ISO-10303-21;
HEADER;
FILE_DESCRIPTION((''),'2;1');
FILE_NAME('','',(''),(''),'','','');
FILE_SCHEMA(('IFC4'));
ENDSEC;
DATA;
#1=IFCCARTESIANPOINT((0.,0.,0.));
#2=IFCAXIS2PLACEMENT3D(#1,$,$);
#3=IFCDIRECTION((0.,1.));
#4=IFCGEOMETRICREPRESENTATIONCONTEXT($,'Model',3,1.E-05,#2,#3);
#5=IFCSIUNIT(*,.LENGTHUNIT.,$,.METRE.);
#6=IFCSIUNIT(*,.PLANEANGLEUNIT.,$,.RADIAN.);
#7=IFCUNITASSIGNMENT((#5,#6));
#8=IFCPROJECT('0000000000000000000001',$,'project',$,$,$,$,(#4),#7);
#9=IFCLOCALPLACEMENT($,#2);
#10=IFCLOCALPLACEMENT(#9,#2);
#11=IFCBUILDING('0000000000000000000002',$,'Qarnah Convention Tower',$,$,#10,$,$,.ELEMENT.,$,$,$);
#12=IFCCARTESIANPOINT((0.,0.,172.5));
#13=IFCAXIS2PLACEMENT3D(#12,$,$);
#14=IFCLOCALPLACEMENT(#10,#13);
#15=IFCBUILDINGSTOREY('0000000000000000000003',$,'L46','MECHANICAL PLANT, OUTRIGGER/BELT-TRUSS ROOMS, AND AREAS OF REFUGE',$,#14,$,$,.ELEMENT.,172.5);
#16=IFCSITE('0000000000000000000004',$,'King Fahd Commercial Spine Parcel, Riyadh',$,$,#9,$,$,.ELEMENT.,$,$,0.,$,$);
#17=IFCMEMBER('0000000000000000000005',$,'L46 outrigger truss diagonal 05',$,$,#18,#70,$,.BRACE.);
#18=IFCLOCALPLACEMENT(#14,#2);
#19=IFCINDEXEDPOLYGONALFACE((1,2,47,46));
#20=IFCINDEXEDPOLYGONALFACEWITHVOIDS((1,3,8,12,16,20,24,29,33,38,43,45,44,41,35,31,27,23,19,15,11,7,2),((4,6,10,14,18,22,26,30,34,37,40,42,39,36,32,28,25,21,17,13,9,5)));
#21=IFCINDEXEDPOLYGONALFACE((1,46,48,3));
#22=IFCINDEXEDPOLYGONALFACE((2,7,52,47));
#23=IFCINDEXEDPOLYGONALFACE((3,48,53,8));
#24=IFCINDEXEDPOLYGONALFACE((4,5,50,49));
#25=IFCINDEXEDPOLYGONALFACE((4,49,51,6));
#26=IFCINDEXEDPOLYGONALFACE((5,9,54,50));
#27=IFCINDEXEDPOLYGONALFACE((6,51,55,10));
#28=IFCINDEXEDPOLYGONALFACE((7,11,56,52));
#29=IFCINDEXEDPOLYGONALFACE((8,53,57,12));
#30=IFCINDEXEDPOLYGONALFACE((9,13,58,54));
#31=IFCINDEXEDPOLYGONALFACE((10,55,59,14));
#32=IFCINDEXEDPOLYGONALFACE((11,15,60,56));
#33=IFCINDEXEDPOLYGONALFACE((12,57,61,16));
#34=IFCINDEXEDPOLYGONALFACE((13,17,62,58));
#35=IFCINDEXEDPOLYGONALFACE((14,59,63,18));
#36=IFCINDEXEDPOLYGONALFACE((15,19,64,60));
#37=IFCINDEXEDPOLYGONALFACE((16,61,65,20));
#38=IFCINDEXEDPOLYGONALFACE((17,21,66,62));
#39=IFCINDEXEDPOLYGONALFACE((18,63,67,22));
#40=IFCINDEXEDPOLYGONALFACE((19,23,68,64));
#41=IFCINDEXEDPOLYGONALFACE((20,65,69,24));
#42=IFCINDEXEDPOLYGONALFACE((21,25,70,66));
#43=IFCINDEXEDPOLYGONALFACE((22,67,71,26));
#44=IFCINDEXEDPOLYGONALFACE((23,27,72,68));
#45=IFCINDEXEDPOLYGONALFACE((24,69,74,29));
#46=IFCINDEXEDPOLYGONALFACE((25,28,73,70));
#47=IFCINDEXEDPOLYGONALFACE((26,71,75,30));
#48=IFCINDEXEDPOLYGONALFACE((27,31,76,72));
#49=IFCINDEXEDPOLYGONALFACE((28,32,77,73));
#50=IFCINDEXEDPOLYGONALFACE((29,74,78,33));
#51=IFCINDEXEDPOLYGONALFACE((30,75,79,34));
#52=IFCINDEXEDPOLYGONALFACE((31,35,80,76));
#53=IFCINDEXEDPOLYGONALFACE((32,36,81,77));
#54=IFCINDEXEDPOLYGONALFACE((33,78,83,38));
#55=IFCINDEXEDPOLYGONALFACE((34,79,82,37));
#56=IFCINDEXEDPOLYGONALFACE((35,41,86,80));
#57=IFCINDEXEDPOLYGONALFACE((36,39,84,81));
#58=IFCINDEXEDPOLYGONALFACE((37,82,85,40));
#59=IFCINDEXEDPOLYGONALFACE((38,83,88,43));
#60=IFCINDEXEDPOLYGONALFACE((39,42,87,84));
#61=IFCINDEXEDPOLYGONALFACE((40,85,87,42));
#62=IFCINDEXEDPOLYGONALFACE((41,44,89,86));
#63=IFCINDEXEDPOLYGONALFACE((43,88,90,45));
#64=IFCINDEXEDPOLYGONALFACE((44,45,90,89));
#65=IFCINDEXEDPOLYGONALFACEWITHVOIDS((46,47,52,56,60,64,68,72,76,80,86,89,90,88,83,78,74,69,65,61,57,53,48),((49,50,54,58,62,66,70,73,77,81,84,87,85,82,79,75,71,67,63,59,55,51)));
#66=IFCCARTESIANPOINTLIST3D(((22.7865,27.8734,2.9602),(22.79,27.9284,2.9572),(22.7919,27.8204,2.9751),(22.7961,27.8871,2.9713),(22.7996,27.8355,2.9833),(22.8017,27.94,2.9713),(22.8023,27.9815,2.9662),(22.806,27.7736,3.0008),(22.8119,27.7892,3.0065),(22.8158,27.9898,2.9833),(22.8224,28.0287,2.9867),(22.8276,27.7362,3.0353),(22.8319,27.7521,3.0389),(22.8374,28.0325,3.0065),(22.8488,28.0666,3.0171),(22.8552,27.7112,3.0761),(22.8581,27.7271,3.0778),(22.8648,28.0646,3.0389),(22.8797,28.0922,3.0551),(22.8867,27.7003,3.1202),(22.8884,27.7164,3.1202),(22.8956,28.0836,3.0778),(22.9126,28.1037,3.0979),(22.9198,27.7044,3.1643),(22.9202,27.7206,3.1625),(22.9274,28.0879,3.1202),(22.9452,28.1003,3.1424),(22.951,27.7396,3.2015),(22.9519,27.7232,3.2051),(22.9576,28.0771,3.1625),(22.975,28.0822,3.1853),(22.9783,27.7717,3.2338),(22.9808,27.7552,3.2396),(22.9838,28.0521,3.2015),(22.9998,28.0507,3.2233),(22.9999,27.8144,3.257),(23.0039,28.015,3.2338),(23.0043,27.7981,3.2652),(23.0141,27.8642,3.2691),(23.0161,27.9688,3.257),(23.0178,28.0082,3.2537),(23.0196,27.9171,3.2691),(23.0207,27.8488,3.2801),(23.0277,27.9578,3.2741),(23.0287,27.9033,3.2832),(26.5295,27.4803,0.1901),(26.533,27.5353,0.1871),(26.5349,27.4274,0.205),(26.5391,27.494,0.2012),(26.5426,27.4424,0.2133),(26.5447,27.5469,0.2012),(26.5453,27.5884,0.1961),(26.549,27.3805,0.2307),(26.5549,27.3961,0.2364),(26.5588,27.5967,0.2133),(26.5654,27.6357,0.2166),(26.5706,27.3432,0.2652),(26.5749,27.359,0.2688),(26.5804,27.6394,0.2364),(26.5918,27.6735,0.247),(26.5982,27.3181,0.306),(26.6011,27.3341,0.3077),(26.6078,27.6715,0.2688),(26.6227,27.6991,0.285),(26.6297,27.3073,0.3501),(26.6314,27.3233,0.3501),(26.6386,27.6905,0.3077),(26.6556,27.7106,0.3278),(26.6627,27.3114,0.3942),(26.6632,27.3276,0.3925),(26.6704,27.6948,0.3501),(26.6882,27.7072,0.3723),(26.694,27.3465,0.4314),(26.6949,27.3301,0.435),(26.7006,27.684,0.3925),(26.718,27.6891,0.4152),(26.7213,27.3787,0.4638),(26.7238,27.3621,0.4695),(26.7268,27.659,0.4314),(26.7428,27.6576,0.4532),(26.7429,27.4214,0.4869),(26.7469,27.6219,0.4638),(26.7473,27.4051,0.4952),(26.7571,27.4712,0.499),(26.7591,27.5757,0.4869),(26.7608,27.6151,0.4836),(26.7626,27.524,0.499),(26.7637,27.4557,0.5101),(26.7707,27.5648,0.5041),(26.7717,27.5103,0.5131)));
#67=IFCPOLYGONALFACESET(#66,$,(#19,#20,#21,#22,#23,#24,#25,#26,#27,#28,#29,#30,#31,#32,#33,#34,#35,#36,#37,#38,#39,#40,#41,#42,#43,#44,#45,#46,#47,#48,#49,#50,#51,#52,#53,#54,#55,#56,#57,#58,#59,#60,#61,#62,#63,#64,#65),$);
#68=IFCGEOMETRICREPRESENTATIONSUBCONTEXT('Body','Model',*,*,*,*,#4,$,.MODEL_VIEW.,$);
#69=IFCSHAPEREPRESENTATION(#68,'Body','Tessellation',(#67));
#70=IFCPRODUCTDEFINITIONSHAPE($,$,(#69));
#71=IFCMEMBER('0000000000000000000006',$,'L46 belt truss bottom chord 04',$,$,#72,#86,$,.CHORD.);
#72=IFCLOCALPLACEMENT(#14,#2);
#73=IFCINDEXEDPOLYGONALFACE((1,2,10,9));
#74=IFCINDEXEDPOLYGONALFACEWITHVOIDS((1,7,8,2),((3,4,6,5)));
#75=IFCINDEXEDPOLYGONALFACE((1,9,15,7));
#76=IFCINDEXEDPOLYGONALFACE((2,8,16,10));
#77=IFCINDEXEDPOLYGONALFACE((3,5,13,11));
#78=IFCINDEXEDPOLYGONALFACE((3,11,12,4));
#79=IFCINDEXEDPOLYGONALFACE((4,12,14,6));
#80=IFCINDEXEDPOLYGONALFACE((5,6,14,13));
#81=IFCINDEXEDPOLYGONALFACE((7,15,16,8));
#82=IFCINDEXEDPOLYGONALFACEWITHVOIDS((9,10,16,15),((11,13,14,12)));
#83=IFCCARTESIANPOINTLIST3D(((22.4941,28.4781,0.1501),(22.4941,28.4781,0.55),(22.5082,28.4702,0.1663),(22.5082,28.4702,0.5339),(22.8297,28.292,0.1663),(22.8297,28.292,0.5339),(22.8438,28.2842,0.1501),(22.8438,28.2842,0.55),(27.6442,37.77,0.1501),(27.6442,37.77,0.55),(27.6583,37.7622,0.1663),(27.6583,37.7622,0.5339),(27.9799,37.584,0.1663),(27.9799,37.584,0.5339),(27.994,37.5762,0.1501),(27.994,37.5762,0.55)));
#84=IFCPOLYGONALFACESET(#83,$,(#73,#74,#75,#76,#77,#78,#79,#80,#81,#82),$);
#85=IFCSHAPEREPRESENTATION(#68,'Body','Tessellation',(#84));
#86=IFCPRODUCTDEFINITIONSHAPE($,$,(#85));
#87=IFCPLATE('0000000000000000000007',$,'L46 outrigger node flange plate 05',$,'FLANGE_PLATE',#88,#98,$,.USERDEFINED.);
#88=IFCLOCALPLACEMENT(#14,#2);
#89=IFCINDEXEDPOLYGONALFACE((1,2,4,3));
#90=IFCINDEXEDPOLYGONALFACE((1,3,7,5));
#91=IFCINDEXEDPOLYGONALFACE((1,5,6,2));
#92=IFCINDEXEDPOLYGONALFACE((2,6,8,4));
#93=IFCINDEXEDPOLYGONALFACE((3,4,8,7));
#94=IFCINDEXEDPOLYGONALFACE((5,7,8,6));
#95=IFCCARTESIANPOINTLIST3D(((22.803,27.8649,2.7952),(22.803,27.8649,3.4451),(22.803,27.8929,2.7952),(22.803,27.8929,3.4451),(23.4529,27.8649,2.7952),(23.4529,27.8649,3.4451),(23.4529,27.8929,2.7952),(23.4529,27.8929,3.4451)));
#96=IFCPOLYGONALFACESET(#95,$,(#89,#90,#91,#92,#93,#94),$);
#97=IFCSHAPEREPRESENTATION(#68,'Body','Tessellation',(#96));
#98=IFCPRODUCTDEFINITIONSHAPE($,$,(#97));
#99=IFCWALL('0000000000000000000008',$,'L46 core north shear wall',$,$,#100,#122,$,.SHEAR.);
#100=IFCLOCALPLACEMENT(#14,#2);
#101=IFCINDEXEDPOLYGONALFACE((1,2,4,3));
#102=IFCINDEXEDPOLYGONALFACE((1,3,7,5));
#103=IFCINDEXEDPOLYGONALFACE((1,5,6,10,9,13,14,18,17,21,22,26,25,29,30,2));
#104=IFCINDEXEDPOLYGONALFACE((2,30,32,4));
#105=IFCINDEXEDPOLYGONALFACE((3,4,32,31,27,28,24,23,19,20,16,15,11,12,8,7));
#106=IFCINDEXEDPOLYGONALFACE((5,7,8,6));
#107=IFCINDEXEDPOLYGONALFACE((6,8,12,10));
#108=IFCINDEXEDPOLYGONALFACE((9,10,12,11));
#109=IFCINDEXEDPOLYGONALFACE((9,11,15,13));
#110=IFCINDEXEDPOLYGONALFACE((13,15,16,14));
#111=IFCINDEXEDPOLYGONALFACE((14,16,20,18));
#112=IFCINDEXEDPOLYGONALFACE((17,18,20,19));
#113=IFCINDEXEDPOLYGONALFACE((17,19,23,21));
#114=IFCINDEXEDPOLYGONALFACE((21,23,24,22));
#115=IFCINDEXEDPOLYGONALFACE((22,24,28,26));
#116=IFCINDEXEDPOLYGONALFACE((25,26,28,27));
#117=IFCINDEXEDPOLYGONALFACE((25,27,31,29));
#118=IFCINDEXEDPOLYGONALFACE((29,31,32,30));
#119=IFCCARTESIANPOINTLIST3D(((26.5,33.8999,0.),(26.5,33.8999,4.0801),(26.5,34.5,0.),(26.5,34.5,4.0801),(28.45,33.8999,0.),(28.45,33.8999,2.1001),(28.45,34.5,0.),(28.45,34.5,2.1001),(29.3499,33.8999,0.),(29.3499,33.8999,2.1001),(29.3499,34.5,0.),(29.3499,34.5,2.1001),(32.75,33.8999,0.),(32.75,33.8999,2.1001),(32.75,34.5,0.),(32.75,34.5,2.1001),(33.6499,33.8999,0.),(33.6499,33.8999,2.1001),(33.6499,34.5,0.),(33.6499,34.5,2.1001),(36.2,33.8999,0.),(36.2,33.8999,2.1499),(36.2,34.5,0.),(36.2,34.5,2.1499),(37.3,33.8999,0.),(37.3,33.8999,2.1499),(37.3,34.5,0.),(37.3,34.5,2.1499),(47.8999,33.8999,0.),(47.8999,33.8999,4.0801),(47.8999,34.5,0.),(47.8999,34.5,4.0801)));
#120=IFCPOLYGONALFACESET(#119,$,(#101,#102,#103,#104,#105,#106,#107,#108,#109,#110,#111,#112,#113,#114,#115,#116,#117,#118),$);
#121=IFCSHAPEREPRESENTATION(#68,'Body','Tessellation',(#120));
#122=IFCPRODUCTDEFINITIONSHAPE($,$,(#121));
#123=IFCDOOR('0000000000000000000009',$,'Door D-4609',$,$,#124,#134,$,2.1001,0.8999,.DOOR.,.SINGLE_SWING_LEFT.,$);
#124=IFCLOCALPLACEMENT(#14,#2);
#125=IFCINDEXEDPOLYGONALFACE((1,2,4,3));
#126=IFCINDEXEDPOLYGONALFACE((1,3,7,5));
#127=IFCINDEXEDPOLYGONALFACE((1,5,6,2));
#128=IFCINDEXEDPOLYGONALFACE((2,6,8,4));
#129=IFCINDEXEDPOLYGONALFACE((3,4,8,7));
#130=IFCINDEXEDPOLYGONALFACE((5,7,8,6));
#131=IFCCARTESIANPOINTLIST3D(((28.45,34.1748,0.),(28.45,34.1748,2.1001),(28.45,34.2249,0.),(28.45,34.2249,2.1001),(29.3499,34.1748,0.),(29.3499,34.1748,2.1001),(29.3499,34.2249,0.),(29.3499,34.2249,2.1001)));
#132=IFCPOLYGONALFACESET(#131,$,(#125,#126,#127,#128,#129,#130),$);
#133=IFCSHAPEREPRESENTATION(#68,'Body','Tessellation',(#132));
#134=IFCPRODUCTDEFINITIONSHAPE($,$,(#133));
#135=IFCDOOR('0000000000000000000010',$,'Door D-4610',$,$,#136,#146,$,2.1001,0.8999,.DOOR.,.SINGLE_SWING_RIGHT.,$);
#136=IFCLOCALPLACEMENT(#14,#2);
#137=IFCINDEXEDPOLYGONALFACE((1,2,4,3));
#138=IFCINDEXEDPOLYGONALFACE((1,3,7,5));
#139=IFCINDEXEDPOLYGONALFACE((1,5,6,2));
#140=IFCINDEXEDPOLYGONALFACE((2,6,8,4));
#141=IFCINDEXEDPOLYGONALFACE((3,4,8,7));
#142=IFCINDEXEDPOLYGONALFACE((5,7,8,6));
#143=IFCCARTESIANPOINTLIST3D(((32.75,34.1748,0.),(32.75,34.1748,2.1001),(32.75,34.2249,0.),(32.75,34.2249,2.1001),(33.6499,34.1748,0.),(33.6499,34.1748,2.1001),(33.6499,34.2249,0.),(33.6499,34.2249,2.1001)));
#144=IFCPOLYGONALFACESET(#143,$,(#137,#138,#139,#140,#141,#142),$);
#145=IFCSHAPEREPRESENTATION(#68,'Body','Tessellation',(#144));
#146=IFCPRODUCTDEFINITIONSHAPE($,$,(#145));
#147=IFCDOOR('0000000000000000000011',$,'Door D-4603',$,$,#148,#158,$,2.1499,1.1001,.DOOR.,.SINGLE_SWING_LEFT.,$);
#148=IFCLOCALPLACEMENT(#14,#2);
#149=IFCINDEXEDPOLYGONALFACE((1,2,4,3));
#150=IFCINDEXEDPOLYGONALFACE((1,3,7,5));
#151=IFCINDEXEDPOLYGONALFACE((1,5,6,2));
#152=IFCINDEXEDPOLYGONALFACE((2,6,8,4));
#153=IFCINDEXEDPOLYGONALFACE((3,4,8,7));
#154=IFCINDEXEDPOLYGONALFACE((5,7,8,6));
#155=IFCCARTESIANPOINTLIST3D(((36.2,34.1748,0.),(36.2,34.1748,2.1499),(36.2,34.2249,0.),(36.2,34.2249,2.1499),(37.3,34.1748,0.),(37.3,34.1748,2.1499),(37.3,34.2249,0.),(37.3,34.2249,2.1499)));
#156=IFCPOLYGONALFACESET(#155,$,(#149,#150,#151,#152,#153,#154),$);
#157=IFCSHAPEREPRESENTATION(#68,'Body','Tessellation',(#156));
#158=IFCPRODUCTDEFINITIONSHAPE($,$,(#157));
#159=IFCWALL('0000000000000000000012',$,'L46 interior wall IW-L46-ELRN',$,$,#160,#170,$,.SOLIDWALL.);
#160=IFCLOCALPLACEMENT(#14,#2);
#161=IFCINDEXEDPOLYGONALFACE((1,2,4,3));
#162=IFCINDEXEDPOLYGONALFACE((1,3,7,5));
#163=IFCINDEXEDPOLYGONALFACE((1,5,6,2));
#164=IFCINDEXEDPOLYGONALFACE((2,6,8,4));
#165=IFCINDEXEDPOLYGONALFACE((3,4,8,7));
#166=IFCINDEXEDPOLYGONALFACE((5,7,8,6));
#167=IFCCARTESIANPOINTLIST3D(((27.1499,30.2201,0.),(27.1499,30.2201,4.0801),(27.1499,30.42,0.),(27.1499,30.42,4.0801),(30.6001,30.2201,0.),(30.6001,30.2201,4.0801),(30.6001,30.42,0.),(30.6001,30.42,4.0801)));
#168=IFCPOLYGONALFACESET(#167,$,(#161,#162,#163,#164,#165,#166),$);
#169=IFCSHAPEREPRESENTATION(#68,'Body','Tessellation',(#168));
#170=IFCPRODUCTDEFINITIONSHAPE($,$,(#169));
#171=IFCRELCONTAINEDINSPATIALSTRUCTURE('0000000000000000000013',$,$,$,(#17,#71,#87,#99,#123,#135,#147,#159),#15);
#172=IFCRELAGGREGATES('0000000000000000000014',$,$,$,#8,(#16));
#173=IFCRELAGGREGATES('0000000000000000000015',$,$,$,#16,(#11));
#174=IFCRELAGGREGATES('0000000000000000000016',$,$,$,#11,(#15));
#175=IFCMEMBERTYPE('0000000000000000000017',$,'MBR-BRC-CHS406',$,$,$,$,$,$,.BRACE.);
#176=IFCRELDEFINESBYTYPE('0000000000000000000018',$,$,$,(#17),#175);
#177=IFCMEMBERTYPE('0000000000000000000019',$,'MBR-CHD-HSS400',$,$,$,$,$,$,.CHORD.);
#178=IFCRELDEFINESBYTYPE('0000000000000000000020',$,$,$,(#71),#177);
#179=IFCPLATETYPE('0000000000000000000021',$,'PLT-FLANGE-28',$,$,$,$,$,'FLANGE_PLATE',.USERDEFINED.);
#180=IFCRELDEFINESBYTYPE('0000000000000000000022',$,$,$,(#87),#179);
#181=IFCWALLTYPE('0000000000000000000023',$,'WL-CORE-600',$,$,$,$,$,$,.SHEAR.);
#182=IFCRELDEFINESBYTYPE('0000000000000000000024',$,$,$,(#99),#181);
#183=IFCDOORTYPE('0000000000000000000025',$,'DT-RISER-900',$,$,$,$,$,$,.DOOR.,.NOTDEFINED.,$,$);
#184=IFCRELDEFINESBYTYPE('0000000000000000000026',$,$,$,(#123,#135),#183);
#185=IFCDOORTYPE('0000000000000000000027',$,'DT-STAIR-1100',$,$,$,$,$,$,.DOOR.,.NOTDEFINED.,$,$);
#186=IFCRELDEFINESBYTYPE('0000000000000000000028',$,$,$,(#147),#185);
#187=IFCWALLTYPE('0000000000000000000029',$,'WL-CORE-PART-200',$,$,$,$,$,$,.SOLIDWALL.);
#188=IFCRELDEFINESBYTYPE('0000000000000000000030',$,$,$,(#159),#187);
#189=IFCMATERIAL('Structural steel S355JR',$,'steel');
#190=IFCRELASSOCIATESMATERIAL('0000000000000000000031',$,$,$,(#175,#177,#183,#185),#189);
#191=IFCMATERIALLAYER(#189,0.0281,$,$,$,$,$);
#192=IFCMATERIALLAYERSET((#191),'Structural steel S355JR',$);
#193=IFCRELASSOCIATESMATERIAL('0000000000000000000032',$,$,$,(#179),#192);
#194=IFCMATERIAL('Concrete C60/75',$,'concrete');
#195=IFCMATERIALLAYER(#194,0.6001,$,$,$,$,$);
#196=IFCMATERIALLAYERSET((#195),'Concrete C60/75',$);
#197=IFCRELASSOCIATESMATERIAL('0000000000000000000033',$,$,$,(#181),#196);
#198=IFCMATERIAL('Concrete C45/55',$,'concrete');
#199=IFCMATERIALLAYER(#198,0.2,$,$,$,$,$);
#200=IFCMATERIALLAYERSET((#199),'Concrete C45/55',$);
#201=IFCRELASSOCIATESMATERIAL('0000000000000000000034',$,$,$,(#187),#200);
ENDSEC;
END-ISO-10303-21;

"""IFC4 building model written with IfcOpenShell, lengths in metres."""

from ifc_helpers import new_model, si_unit, direction, frame, frame_2d, origin, origin_2d, place, context, subcontext, project, spatial, rectangle, hollow_rectangle, hollow_circle, extrude, material, layer, layer_set, material_profile, profile_set, type_object, element, fill, save


model = new_model("IFC4")

# Units and contexts
model_context = context("Model", 3, precision=1e-05, world=origin(), true_north=direction((0.0, 1.0)))
body_context = subcontext(model_context, "Body", "Model", "MODEL_VIEW")
ifc_project = project(units=[si_unit("LENGTHUNIT", "METRE"), si_unit("PLANEANGLEUNIT", "RADIAN")], contexts=[model_context])

# Site, building, storey
site_placement = place(None, origin())
site = spatial("IfcSite", under=ifc_project, at=site_placement, Name="King Fahd Commercial Spine Parcel, Riyadh", CompositionType="ELEMENT", RefElevation=0.0)
building_placement = place(site_placement, origin())
building = spatial("IfcBuilding", under=site, at=building_placement, Name="Qarnah Convention Tower", CompositionType="ELEMENT")
storey_placement = place(building_placement, frame((0.0, 0.0, 172.5)))
storey = spatial("IfcBuildingStorey", under=building, at=storey_placement, Name="L46", Description="MECHANICAL PLANT, OUTRIGGER/BELT-TRUSS ROOMS, AND AREAS OF REFUGE", CompositionType="ELEMENT", Elevation=172.5)

# Shared definitions
ifc_material_1 = material(Name="Concrete C60/75", Category="concrete")

# Shared definitions
ifc_material_2 = material(Name="Structural steel S355JR", Category="steel")

# Members
ifc_material_profile_1 = material_profile(ifc_material_2, hollow_circle(Radius=0.2029, WallThickness=0.0161, at=origin_2d()), Name="CHS406X16")
ifc_profile_set_1 = profile_set([ifc_material_profile_1], Name="Structural steel S355JR")
member_type_1 = type_object("IfcMemberType", Name="MBR-BRC-CHS406", PredefinedType="BRACE", material=ifc_profile_set_1)
member_1_placement = place(storey_placement, frame((26.6509, 27.509, 0.3501), z_axis=(-0.800967, 0.084114, 0.592771), x_axis=(-0.104442, -0.994531, 0.0)))
element("IfcMember", 1, at=member_1_placement, inside=storey, type_object=member_type_1, Name="L46 outrigger truss diagonal 05", PredefinedType="BRACE", context=body_context, shape_type="SweptSolid", body=[
    extrude(hollow_circle(Radius=0.2029, WallThickness=0.0161, at=origin_2d()), origin(), (0.0, 0.0, 1.0), 4.6731),
])
ifc_material_profile_2 = material_profile(ifc_material_2, hollow_rectangle(XDim=0.3999, YDim=0.3999, WallThickness=0.0161, at=origin_2d()), Name="HSS400X400X16")
ifc_profile_set_2 = profile_set([ifc_material_profile_2], Name="Structural steel S355JR")
member_type_2 = type_object("IfcMemberType", Name="MBR-CHD-HSS400", PredefinedType="CHORD", material=ifc_profile_set_2)
member_2_placement = place(storey_placement, frame((27.8191, 37.6731, 0.3501), z_axis=(-0.484774, -0.874639, 0.0), x_axis=(0.874639, -0.484774, 0.0)))
element("IfcMember", 2, at=member_2_placement, inside=storey, type_object=member_type_2, Name="L46 belt truss bottom chord 04", PredefinedType="CHORD", context=body_context, shape_type="SweptSolid", body=[
    extrude(hollow_rectangle(XDim=0.3999, YDim=0.3999, WallThickness=0.0161, at=origin_2d()), origin(), (0.0, 0.0, 1.0), 10.6238),
])

# Plate
ifc_layer_1 = layer(ifc_material_2, 0.0281)
ifc_layer_set_1 = layer_set([ifc_layer_1], Name="Structural steel S355JR")
plate_type = type_object("IfcPlateType", Name="PLT-FLANGE-28", ElementType="FLANGE_PLATE", PredefinedType="USERDEFINED", material=ifc_layer_set_1)
plate_placement = place(storey_placement, frame((23.1279, 27.8789, 2.7952), z_axis=(0.0, 0.0, 1.0), x_axis=(1.0, 0.0, 0.0)))
element("IfcPlate", 3, at=plate_placement, inside=storey, type_object=plate_type, Name="L46 outrigger node flange plate 05", ObjectType="FLANGE_PLATE", PredefinedType="USERDEFINED", context=body_context, shape_type="SweptSolid", body=[
    extrude(rectangle(XDim=0.6499, YDim=0.0281, at=origin_2d()), origin(), (0.0, 0.0, 1.0), 0.6499),
])

# Wall, openings, doors
ifc_layer_2 = layer(ifc_material_1, 0.6001)
ifc_layer_set_2 = layer_set([ifc_layer_2], Name="Concrete C60/75")
wall_type_1 = type_object("IfcWallType", Name="WL-CORE-600", PredefinedType="SHEAR", material=ifc_layer_set_2)
wall_1_placement = place(storey_placement, frame((26.5, 34.2, 0.0), z_axis=(0.0, 0.0, 1.0), x_axis=(1.0, 0.0, 0.0)))
wall_1 = element("IfcWall", 4, at=wall_1_placement, inside=storey, type_object=wall_type_1, Name="L46 core north shear wall", PredefinedType="SHEAR", context=body_context, shape_type="SweptSolid", body=[
    extrude(rectangle(XDim=21.3999, YDim=0.6001, at=frame_2d((10.7, 0.0))), origin(), (0.0, 0.0, 1.0), 4.0801),
])
opening_1_placement = place(wall_1_placement, frame((9.7, 0.0, 0.0)))
opening_1 = element("IfcOpeningElement", 5, at=opening_1_placement, cuts=wall_1, PredefinedType="OPENING", context=body_context, shape_type="SweptSolid", body=[
    extrude(rectangle(XDim=1.1001, YDim=2.1499, at=frame_2d((0.55, 1.075))), frame((0.0, 0.3101, 0.0), z_axis=(0.0, -1.0, 0.0), x_axis=(1.0, 0.0, 0.0)), (0.0, 0.0, 1.0), 0.6201),
])
opening_2_placement = place(wall_1_placement, frame((1.95, 0.0, 0.0)))
opening_2 = element("IfcOpeningElement", 6, at=opening_2_placement, cuts=wall_1, PredefinedType="OPENING", context=body_context, shape_type="SweptSolid", body=[
    extrude(rectangle(XDim=0.8999, YDim=2.1001, at=frame_2d((0.45, 1.05))), frame((0.0, 0.3101, 0.0), z_axis=(0.0, -1.0, 0.0), x_axis=(1.0, 0.0, 0.0)), (0.0, 0.0, 1.0), 0.6201),
])
opening_3_placement = place(wall_1_placement, frame((6.25, 0.0, 0.0)))
opening_3 = element("IfcOpeningElement", 7, at=opening_3_placement, cuts=wall_1, PredefinedType="OPENING", context=body_context, shape_type="SweptSolid", body=[
    extrude(rectangle(XDim=0.8999, YDim=2.1001, at=frame_2d((0.45, 1.05))), frame((0.0, 0.3101, 0.0), z_axis=(0.0, -1.0, 0.0), x_axis=(1.0, 0.0, 0.0)), (0.0, 0.0, 1.0), 0.6201),
])
door_type_1 = type_object("IfcDoorType", Name="DT-RISER-900", OperationType="NOTDEFINED", PredefinedType="DOOR", material=ifc_material_2)
door_1_placement = place(opening_2_placement, origin())
door_1 = element("IfcDoor", 8, at=door_1_placement, inside=storey, type_object=door_type_1, Name="Door D-4609", OperationType="SINGLE_SWING_LEFT", OverallHeight=2.1001, OverallWidth=0.8999, PredefinedType="DOOR", context=body_context, shape_type="SweptSolid", body=[
    extrude(rectangle(XDim=0.8999, YDim=2.1001, at=frame_2d((0.45, 1.05))), frame((0.0, 0.0249, 0.0), z_axis=(0.0, -1.0, 0.0), x_axis=(1.0, 0.0, 0.0)), (0.0, 0.0, 1.0), 0.05),
])
fill(opening_2, door_1)
door_2_placement = place(opening_3_placement, origin())
door_2 = element("IfcDoor", 9, at=door_2_placement, inside=storey, type_object=door_type_1, Name="Door D-4610", OperationType="SINGLE_SWING_RIGHT", OverallHeight=2.1001, OverallWidth=0.8999, PredefinedType="DOOR", context=body_context, shape_type="SweptSolid", body=[
    extrude(rectangle(XDim=0.8999, YDim=2.1001, at=frame_2d((0.45, 1.05))), frame((0.0, 0.0249, 0.0), z_axis=(0.0, -1.0, 0.0), x_axis=(1.0, 0.0, 0.0)), (0.0, 0.0, 1.0), 0.05),
])
fill(opening_3, door_2)
door_type_2 = type_object("IfcDoorType", Name="DT-STAIR-1100", OperationType="NOTDEFINED", PredefinedType="DOOR", material=ifc_material_2)
door_3_placement = place(opening_1_placement, origin())
door_3 = element("IfcDoor", 10, at=door_3_placement, inside=storey, type_object=door_type_2, Name="Door D-4603", OperationType="SINGLE_SWING_LEFT", OverallHeight=2.1499, OverallWidth=1.1001, PredefinedType="DOOR", context=body_context, shape_type="SweptSolid", body=[
    extrude(rectangle(XDim=1.1001, YDim=2.1499, at=frame_2d((0.55, 1.075))), frame((0.0, 0.0249, 0.0), z_axis=(0.0, -1.0, 0.0), x_axis=(1.0, 0.0, 0.0)), (0.0, 0.0, 1.0), 0.05),
])
fill(opening_1, door_3)

# Wall
ifc_material_3 = material(Name="Concrete C45/55", Category="concrete")
ifc_layer_3 = layer(ifc_material_3, 0.2)
ifc_layer_set_3 = layer_set([ifc_layer_3], Name="Concrete C45/55")
wall_type_2 = type_object("IfcWallType", Name="WL-CORE-PART-200", PredefinedType="SOLIDWALL", material=ifc_layer_set_3)
wall_2_placement = place(storey_placement, frame((27.1499, 30.3201, 0.0), z_axis=(0.0, 0.0, 1.0), x_axis=(1.0, 0.0, 0.0)))
element("IfcWall", 11, at=wall_2_placement, inside=storey, type_object=wall_type_2, Name="L46 interior wall IW-L46-ELRN", PredefinedType="SOLIDWALL", context=body_context, shape_type="SweptSolid", body=[
    extrude(rectangle(XDim=3.4502, YDim=0.2, at=frame_2d((1.7251, 0.0))), origin(), (0.0, 0.0, 1.0), 4.0801),
])

save(model, "model.ifc")
